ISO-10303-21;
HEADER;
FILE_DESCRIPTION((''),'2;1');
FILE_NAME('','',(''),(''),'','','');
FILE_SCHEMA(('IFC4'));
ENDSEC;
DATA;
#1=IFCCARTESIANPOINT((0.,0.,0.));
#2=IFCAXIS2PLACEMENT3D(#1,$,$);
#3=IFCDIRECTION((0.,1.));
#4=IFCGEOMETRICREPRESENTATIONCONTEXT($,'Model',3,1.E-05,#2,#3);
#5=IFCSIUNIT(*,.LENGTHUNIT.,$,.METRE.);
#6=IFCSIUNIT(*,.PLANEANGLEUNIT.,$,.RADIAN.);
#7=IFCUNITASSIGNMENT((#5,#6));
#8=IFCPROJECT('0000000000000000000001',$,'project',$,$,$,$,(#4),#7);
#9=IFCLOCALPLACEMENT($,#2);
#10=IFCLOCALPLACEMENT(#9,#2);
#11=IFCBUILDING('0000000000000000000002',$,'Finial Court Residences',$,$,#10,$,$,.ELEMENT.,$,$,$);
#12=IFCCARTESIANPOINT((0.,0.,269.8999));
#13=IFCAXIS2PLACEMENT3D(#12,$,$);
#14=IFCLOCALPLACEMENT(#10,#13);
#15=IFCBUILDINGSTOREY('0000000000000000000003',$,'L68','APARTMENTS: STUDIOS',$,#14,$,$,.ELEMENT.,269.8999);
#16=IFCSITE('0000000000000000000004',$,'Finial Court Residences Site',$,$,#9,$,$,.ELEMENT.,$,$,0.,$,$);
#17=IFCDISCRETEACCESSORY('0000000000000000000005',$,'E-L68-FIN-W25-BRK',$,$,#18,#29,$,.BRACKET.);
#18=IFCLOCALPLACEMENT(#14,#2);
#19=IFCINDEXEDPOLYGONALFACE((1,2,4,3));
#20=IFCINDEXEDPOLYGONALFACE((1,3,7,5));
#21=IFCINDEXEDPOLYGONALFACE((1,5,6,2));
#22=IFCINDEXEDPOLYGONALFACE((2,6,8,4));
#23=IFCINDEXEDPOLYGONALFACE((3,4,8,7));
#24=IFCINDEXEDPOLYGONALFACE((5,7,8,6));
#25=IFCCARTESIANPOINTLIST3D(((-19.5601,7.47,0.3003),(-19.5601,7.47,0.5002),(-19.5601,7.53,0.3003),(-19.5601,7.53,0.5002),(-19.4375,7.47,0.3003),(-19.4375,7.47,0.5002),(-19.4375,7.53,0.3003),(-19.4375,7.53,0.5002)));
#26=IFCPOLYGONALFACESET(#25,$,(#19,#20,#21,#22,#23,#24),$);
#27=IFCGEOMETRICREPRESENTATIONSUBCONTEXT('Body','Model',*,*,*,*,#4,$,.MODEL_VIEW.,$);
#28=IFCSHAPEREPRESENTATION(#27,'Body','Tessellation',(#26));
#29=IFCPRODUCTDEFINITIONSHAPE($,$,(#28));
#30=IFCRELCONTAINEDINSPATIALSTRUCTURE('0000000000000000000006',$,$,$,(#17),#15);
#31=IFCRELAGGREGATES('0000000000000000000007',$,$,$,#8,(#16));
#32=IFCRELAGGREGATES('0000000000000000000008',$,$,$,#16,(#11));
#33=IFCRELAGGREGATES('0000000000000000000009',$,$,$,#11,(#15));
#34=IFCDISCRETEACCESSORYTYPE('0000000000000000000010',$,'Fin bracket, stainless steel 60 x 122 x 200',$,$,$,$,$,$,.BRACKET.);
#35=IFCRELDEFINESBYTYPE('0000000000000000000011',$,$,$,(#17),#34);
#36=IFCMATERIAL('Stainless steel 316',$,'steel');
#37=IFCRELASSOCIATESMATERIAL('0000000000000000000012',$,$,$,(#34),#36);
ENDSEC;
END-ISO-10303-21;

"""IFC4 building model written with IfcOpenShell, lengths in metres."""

from ifc_helpers import new_model, si_unit, direction, frame, origin, origin_2d, place, context, subcontext, project, spatial, rectangle, extrude, material, type_object, element, save


model = new_model("IFC4")

# Units and contexts
model_context = context("Model", 3, precision=1e-05, world=origin(), true_north=direction((0.0, 1.0)))
body_context = subcontext(model_context, "Body", "Model", "MODEL_VIEW")
ifc_project = project(units=[si_unit("LENGTHUNIT", "METRE"), si_unit("PLANEANGLEUNIT", "RADIAN")], contexts=[model_context])

# Site, building, storey
site_placement = place(None, origin())
site = spatial("IfcSite", under=ifc_project, at=site_placement, Name="Finial Court Residences Site", CompositionType="ELEMENT", RefElevation=0.0)
building_placement = place(site_placement, origin())
building = spatial("IfcBuilding", under=site, at=building_placement, Name="Finial Court Residences", CompositionType="ELEMENT")
storey_placement = place(building_placement, frame((0.0, 0.0, 269.8999)))
storey = spatial("IfcBuildingStorey", under=building, at=storey_placement, Name="L68", Description="APARTMENTS: STUDIOS", CompositionType="ELEMENT", Elevation=269.8999)

# Discrete accessory
ifc_material_1 = material(Name="Stainless steel 316", Category="steel")
discrete_accessory_type = type_object("IfcDiscreteAccessoryType", Name="Fin bracket, stainless steel 60 x 122 x 200", PredefinedType="BRACKET", material=ifc_material_1)
discrete_accessory_placement = place(storey_placement, frame((-19.4988, 7.5, 0.3003), z_axis=(0.0, 0.0, 1.0), x_axis=(1.0, 0.0, 0.0)))
element("IfcDiscreteAccessory", 1, at=discrete_accessory_placement, inside=storey, type_object=discrete_accessory_type, Name="E-L68-FIN-W25-BRK", PredefinedType="BRACKET", context=body_context, shape_type="SweptSolid", body=[
    extrude(rectangle(XDim=0.1226, YDim=0.0601, at=origin_2d()), origin(), (0.0, 0.0, 1.0), 0.2),
])

save(model, "model.ifc")
